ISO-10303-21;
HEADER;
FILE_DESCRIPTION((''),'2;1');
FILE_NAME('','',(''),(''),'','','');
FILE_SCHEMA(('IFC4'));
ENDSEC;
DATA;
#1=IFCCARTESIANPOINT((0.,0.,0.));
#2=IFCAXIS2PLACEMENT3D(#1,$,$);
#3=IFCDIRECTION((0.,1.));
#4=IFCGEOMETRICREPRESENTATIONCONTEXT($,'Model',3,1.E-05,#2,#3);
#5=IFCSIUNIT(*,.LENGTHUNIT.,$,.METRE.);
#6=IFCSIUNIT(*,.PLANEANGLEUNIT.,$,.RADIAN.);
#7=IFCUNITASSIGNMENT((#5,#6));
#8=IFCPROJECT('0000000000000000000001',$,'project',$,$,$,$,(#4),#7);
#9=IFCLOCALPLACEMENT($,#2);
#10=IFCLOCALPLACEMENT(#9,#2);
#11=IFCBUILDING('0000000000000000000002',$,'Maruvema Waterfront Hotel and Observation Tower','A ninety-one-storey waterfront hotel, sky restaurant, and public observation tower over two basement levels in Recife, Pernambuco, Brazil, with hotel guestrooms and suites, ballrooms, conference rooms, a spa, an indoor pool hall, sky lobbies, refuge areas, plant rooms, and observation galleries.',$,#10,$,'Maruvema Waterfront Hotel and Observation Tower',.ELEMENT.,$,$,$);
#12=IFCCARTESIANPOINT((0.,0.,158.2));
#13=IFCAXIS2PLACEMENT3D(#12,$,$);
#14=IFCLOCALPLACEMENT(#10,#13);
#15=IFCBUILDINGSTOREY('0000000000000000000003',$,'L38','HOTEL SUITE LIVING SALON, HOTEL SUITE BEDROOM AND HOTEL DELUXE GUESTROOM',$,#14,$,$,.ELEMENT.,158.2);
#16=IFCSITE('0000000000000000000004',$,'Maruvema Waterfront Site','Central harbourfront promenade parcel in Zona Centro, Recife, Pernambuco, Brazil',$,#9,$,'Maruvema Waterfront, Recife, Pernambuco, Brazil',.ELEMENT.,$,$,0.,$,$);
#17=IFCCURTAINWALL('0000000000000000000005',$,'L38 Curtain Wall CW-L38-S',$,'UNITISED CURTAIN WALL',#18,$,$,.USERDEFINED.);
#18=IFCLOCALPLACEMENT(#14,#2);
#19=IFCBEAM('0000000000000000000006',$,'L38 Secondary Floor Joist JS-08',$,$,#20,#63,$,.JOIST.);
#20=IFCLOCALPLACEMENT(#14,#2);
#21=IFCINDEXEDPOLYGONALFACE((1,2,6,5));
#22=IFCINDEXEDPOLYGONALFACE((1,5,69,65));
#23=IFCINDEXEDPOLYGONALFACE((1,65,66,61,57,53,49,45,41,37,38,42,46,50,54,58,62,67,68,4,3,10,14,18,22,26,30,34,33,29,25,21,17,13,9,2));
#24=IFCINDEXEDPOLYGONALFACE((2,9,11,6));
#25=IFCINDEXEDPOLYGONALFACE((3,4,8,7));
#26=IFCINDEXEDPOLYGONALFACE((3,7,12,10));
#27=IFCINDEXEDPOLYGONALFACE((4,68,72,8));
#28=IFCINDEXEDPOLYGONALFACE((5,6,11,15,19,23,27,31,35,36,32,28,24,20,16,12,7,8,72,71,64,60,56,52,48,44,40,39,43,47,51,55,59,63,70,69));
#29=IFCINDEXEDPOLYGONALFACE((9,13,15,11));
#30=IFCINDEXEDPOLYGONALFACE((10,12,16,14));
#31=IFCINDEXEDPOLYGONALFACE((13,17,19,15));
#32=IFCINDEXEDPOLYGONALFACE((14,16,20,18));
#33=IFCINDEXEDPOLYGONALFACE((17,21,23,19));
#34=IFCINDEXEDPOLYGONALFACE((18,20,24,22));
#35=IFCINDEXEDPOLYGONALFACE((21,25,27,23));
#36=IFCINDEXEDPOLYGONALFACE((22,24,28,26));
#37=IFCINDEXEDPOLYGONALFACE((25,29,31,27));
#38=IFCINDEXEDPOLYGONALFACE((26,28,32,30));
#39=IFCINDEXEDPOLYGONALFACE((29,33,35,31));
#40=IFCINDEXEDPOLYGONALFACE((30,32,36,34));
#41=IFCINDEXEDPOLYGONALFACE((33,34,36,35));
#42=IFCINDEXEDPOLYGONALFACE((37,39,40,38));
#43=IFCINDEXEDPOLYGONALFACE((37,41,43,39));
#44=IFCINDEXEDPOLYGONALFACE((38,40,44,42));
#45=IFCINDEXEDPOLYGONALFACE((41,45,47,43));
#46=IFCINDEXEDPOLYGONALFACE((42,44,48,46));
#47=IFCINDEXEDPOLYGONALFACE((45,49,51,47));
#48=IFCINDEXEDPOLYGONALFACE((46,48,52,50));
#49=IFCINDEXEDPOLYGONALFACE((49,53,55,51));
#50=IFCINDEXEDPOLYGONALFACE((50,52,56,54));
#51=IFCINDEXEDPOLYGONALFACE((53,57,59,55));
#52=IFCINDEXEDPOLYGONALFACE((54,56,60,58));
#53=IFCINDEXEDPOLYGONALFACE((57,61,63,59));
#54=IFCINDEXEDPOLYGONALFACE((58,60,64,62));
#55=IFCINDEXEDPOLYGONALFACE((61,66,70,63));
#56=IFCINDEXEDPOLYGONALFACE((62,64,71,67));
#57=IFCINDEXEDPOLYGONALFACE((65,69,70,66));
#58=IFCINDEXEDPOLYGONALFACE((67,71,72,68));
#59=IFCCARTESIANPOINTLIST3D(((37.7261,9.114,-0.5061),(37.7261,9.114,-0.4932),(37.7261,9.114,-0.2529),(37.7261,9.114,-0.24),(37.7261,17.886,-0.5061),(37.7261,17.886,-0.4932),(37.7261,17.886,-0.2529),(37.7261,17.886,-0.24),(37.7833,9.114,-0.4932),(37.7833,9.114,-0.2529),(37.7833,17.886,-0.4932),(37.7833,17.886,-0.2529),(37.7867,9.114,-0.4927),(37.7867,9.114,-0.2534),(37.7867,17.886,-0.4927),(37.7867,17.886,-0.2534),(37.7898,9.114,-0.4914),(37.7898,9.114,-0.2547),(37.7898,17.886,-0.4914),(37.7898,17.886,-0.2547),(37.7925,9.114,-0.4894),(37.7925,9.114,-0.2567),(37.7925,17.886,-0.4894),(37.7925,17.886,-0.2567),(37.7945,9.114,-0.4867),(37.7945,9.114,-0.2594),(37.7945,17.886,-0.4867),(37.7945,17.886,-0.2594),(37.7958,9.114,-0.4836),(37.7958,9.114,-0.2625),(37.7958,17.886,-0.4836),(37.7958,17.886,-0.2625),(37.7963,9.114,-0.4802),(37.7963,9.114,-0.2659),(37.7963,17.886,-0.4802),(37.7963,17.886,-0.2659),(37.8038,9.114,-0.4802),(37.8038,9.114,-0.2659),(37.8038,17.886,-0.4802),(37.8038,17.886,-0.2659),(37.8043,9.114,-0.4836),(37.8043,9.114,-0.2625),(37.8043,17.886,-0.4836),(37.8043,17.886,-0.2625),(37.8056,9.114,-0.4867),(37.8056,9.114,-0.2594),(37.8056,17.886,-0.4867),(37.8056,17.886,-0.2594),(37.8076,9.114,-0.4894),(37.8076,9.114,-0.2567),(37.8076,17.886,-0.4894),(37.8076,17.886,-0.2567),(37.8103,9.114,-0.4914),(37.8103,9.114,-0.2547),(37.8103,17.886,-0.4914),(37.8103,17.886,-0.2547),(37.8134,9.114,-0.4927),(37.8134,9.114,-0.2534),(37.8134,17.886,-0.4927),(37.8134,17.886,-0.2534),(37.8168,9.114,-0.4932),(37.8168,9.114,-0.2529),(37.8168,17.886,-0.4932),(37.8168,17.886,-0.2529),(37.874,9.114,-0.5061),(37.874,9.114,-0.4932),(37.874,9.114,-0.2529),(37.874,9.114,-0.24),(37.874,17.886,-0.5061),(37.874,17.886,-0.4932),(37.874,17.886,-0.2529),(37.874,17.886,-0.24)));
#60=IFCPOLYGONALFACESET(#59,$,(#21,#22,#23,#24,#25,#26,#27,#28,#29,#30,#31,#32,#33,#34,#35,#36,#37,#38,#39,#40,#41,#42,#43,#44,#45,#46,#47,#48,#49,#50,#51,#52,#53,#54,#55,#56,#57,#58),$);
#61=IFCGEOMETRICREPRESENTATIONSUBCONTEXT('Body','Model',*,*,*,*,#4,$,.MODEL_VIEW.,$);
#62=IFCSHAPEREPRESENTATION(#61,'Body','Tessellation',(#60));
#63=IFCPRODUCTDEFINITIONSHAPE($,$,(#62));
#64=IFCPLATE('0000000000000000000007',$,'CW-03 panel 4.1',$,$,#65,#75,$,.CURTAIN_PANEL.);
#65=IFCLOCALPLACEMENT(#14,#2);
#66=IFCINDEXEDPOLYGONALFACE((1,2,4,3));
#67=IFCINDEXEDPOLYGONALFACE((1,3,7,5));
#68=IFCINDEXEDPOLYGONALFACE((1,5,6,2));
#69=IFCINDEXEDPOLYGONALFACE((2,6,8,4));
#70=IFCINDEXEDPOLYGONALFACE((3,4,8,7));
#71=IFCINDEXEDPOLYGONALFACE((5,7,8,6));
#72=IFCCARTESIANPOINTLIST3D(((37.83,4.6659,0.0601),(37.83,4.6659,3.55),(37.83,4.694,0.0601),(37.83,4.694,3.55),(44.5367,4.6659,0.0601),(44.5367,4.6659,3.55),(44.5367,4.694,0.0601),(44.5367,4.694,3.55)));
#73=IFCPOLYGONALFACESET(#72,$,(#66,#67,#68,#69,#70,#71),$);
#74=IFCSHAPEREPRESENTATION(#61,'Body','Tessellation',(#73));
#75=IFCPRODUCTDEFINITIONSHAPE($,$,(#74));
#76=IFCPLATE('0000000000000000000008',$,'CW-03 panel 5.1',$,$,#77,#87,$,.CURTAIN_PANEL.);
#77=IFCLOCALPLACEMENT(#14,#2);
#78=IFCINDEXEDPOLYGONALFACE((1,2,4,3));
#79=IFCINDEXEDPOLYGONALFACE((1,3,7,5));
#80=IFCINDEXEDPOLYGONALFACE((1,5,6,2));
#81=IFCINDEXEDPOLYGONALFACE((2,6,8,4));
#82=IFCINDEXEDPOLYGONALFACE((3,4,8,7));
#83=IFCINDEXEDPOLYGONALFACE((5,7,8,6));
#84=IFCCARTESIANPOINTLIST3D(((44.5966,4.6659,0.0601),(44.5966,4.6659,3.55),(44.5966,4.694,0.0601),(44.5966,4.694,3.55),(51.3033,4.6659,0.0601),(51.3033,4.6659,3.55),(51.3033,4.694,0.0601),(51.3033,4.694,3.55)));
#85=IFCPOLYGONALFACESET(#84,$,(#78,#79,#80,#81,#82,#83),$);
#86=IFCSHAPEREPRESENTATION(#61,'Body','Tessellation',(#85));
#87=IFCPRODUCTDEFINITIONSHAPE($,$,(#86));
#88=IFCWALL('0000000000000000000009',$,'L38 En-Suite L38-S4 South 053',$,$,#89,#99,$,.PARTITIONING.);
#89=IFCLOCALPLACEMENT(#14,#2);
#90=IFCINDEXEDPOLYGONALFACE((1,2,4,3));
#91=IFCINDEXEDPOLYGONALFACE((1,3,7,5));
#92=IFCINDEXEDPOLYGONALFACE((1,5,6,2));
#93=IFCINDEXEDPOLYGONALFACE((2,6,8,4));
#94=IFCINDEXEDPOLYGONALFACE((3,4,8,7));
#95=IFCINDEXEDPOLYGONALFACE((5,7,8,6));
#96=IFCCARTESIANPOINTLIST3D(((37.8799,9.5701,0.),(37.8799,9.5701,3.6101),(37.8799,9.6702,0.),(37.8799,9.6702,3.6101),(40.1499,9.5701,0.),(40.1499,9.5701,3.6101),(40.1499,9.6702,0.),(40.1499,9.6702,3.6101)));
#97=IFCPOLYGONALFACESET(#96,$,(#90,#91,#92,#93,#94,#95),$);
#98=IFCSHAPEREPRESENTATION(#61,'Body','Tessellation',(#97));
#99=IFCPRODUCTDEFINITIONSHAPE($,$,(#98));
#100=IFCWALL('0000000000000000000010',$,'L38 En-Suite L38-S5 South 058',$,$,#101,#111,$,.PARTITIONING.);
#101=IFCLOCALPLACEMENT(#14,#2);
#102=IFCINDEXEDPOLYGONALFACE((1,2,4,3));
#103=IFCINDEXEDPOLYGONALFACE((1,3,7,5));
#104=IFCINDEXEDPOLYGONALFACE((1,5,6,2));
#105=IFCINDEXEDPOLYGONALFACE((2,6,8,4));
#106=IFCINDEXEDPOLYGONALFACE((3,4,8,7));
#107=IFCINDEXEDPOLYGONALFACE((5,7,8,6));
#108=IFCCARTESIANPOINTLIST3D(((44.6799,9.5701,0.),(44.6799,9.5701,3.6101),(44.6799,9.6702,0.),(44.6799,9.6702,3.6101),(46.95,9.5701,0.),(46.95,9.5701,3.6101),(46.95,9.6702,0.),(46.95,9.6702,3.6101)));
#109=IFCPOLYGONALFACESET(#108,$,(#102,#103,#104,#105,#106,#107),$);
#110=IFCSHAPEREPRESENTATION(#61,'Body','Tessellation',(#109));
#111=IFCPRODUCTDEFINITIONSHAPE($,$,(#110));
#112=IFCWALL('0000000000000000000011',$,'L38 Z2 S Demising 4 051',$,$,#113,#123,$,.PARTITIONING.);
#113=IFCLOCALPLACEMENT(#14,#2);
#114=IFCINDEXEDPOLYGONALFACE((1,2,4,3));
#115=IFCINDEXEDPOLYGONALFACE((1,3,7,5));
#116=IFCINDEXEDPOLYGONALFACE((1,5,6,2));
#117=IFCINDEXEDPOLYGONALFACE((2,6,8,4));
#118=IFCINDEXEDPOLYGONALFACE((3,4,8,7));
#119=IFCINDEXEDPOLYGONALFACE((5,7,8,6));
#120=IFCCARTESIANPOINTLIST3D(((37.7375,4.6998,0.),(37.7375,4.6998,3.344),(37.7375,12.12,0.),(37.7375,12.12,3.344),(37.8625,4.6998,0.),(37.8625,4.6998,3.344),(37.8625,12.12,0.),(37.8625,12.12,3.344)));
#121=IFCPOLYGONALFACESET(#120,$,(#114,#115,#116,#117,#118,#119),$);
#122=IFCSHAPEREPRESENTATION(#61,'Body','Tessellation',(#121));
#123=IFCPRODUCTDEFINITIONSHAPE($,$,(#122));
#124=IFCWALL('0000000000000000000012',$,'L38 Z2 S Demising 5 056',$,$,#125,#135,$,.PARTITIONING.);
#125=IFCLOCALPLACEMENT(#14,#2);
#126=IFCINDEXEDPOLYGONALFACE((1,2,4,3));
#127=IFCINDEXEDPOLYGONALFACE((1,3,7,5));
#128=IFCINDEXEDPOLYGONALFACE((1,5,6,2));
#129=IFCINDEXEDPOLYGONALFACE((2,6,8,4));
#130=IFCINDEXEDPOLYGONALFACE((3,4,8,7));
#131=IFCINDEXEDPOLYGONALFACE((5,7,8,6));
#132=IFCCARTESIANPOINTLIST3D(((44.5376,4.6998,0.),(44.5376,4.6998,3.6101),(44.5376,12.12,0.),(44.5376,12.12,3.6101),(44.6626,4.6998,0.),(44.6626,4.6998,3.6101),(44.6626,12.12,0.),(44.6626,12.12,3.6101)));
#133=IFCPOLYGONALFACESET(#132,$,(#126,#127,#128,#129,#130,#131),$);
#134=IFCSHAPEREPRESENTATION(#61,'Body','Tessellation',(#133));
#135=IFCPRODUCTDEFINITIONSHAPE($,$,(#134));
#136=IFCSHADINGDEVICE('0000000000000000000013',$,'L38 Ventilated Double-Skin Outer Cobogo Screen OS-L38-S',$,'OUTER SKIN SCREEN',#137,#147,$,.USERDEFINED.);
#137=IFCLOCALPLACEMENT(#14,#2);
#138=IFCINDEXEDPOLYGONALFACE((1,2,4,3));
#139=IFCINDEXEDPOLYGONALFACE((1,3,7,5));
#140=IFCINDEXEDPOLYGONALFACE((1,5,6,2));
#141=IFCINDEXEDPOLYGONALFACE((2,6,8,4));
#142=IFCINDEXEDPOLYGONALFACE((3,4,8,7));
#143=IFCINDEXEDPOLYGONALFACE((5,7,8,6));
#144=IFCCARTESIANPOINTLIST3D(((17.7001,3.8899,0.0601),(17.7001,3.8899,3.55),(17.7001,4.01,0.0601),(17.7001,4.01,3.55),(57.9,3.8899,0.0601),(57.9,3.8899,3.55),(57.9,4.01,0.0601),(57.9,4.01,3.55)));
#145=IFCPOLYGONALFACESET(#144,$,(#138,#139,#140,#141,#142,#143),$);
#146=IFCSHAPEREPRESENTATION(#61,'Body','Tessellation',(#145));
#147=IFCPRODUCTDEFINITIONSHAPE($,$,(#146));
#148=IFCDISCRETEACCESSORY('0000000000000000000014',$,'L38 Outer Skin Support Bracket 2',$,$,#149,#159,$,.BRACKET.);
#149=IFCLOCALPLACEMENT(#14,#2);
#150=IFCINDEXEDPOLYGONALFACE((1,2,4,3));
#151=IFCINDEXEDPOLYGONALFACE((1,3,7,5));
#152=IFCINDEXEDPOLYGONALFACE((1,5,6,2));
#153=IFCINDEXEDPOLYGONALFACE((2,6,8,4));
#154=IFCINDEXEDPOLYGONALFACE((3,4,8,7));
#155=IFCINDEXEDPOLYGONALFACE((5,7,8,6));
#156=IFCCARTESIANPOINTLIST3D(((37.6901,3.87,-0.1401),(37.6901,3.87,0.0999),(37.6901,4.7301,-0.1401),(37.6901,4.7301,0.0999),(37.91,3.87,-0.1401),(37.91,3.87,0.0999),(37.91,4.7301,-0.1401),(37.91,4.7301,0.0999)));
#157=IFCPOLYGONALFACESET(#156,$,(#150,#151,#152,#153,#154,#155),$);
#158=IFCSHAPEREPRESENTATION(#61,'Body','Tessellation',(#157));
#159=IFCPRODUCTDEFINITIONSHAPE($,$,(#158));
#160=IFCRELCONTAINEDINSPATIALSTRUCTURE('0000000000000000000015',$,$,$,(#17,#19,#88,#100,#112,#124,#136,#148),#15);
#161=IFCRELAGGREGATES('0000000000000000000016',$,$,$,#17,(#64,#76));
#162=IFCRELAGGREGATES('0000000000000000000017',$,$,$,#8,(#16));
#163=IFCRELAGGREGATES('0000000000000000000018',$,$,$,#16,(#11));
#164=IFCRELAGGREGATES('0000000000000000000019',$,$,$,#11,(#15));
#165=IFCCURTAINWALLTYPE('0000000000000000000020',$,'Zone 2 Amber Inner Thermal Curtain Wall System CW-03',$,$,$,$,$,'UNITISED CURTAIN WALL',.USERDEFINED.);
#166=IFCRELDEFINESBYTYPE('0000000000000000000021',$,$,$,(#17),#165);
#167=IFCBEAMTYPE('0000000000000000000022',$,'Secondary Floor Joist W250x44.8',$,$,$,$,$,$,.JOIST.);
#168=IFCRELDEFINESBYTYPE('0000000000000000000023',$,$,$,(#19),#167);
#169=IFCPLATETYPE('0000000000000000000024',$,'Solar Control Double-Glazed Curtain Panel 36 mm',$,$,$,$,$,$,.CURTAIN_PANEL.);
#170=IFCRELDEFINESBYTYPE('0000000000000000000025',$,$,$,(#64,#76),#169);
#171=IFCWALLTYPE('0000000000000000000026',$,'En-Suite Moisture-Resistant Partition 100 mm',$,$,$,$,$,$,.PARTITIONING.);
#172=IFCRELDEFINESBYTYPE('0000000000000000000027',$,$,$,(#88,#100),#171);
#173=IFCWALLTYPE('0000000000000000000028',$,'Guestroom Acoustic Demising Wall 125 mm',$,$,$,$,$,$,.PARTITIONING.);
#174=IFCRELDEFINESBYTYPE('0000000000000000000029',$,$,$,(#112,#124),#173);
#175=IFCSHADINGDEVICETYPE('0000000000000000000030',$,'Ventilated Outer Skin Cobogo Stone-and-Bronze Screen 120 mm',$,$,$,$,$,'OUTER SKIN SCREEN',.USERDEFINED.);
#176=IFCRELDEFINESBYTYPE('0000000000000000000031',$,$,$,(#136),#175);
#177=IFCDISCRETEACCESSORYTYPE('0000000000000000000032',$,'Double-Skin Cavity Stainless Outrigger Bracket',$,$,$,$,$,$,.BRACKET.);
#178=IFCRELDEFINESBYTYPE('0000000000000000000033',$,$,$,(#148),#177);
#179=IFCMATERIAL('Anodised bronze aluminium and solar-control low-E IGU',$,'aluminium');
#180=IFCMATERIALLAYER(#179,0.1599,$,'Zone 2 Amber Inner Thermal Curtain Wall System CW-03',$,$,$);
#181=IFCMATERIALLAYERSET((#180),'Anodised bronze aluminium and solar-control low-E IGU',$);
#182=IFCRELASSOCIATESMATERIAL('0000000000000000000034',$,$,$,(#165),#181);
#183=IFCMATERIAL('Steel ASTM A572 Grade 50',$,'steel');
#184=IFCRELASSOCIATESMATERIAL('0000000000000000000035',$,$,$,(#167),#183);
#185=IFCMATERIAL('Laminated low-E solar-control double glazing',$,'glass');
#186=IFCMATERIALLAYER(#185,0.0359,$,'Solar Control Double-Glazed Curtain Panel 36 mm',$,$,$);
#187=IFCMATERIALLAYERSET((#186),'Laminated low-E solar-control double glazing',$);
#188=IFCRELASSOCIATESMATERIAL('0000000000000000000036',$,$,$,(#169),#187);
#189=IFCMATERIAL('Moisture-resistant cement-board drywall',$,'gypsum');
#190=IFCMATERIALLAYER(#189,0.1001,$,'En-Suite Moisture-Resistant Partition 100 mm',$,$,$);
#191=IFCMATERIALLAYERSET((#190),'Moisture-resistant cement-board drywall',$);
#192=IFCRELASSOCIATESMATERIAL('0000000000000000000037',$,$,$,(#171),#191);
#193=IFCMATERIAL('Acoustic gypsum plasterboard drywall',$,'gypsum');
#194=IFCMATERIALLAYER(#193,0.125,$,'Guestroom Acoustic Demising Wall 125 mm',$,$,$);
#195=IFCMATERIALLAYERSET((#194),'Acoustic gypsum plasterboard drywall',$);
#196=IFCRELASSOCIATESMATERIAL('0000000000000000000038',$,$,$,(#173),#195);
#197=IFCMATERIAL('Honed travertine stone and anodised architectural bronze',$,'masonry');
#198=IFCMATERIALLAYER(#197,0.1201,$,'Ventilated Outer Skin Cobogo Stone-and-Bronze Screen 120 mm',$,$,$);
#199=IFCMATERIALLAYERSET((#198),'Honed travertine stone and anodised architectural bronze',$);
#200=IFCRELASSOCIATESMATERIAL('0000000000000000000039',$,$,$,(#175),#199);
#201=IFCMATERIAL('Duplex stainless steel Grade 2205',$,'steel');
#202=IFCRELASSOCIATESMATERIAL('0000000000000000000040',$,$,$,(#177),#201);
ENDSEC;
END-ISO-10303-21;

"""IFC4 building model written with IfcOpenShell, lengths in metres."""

from ifc_helpers import new_model, si_unit, direction, frame, frame_2d, origin, origin_2d, place, context, subcontext, project, spatial, rectangle, i_section, extrude, material, layer, layer_set, material_profile, profile_set, type_object, element, aggregate, save


model = new_model("IFC4")

# Units and contexts
model_context = context("Model", 3, precision=1e-05, world=origin(), true_north=direction((0.0, 1.0)))
body_context = subcontext(model_context, "Body", "Model", "MODEL_VIEW")
ifc_project = project(units=[si_unit("LENGTHUNIT", "METRE"), si_unit("PLANEANGLEUNIT", "RADIAN")], contexts=[model_context])

# Site, building, storey
site_placement = place(None, origin())
site = spatial("IfcSite", under=ifc_project, at=site_placement, Name="Maruvema Waterfront Site", Description="Central harbourfront promenade parcel in Zona Centro, Recife, Pernambuco, Brazil", LongName="Maruvema Waterfront, Recife, Pernambuco, Brazil", CompositionType="ELEMENT", RefElevation=0.0)
building_placement = place(site_placement, origin())
building = spatial("IfcBuilding", under=site, at=building_placement, Name="Maruvema Waterfront Hotel and Observation Tower", Description="A ninety-one-storey waterfront hotel, sky restaurant, and public observation tower over two basement levels in Recife, Pernambuco, Brazil, with hotel guestrooms and suites, ballrooms, conference rooms, a spa, an indoor pool hall, sky lobbies, refuge areas, plant rooms, and observation galleries.", LongName="Maruvema Waterfront Hotel and Observation Tower", CompositionType="ELEMENT")
storey_placement = place(building_placement, frame((0.0, 0.0, 158.2)))
storey = spatial("IfcBuildingStorey", under=building, at=storey_placement, Name="L38", Description="HOTEL SUITE LIVING SALON, HOTEL SUITE BEDROOM AND HOTEL DELUXE GUESTROOM", CompositionType="ELEMENT", Elevation=158.2)

# Curtain wall
ifc_material_1 = material(Name="Anodised bronze aluminium and solar-control low-E IGU", Category="aluminium")
ifc_layer_1 = layer(ifc_material_1, 0.1599, Name="Zone 2 Amber Inner Thermal Curtain Wall System CW-03")
ifc_layer_set_1 = layer_set([ifc_layer_1], Name="Anodised bronze aluminium and solar-control low-E IGU")
curtain_wall_type = type_object("IfcCurtainWallType", Name="Zone 2 Amber Inner Thermal Curtain Wall System CW-03", ElementType="UNITISED CURTAIN WALL", PredefinedType="USERDEFINED", material=ifc_layer_set_1)
curtain_wall_placement = place(storey_placement, origin())
curtain_wall = element("IfcCurtainWall", 1, at=curtain_wall_placement, inside=storey, type_object=curtain_wall_type, Name="L38 Curtain Wall CW-L38-S", ObjectType="UNITISED CURTAIN WALL", PredefinedType="USERDEFINED")

# Beam
ifc_material_2 = material(Name="Steel ASTM A572 Grade 50", Category="steel")
ifc_material_profile_1 = material_profile(ifc_material_2, i_section(OverallWidth=0.1479, OverallDepth=0.2661, WebThickness=0.0076, FlangeThickness=0.0129, FilletRadius=0.0129, at=origin_2d()), Name="W250x44.8")
ifc_profile_set_1 = profile_set([ifc_material_profile_1], Name="Steel ASTM A572 Grade 50")
beam_type_1 = type_object("IfcBeamType", Name="Secondary Floor Joist W250x44.8", PredefinedType="JOIST", material=ifc_profile_set_1)
beam_1_placement = place(storey_placement, frame((37.8, 9.114, -0.373), z_axis=(0.0, 1.0, 0.0), x_axis=(-1.0, 0.0, 0.0)))
element("IfcBeam", 2, at=beam_1_placement, inside=storey, type_object=beam_type_1, Name="L38 Secondary Floor Joist JS-08", PredefinedType="JOIST", context=body_context, shape_type="SweptSolid", body=[
    extrude(i_section(OverallWidth=0.1479, OverallDepth=0.2661, WebThickness=0.0076, FlangeThickness=0.0129, FilletRadius=0.0129, at=origin_2d()), origin(), (0.0, 0.0, 1.0), 8.772),
])

# Plates
ifc_material_3 = material(Name="Laminated low-E solar-control double glazing", Category="glass")
ifc_layer_2 = layer(ifc_material_3, 0.0359, Name="Solar Control Double-Glazed Curtain Panel 36 mm")
ifc_layer_set_2 = layer_set([ifc_layer_2], Name="Laminated low-E solar-control double glazing")
plate_type = type_object("IfcPlateType", Name="Solar Control Double-Glazed Curtain Panel 36 mm", PredefinedType="CURTAIN_PANEL", material=ifc_layer_set_2)
plate_1_placement = place(storey_placement, frame((41.1833, 4.6799, 0.0601), z_axis=(0.0, 0.0, 1.0), x_axis=(1.0, 0.0, 0.0)))
plate_1 = element("IfcPlate", 3, at=plate_1_placement, type_object=plate_type, Name="CW-03 panel 4.1", PredefinedType="CURTAIN_PANEL", context=body_context, shape_type="SweptSolid", body=[
    extrude(rectangle(XDim=6.7068, YDim=0.0281, at=origin_2d()), origin(), (0.0, 0.0, 1.0), 3.49),
])
plate_2_placement = place(storey_placement, frame((47.95, 4.6799, 0.0601), z_axis=(0.0, 0.0, 1.0), x_axis=(1.0, 0.0, 0.0)))
plate_2 = element("IfcPlate", 4, at=plate_2_placement, type_object=plate_type, Name="CW-03 panel 5.1", PredefinedType="CURTAIN_PANEL", context=body_context, shape_type="SweptSolid", body=[
    extrude(rectangle(XDim=6.7068, YDim=0.0281, at=origin_2d()), origin(), (0.0, 0.0, 1.0), 3.49),
])
aggregate(curtain_wall, [plate_1, plate_2])

# Walls
ifc_material_4 = material(Name="Moisture-resistant cement-board drywall", Category="gypsum")
ifc_layer_3 = layer(ifc_material_4, 0.1001, Name="En-Suite Moisture-Resistant Partition 100 mm")
ifc_layer_set_3 = layer_set([ifc_layer_3], Name="Moisture-resistant cement-board drywall")
wall_type_1 = type_object("IfcWallType", Name="En-Suite Moisture-Resistant Partition 100 mm", PredefinedType="PARTITIONING", material=ifc_layer_set_3)
for number, where, z_axis, x_axis, name in (
    (5, (37.8799, 9.6201, 0.0), (0.0, 0.0, 1.0), (1.0, 0.0, 0.0), "L38 En-Suite L38-S4 South 053"),
    (6, (44.6799, 9.6201, 0.0), (0.0, 0.0, 1.0), (1.0, 0.0, 0.0), "L38 En-Suite L38-S5 South 058"),
):
    element("IfcWall", number, at=place(storey_placement, frame(where, z_axis=z_axis, x_axis=x_axis)), inside=storey, type_object=wall_type_1, Name=name, PredefinedType="PARTITIONING", context=body_context, shape_type="SweptSolid", body=[
        extrude(rectangle(XDim=2.27, YDim=0.1001, at=frame_2d((1.135, 0.0))), origin(), (0.0, 0.0, 1.0), 3.6101),
    ])
ifc_material_5 = material(Name="Acoustic gypsum plasterboard drywall", Category="gypsum")
ifc_layer_4 = layer(ifc_material_5, 0.125, Name="Guestroom Acoustic Demising Wall 125 mm")
ifc_layer_set_4 = layer_set([ifc_layer_4], Name="Acoustic gypsum plasterboard drywall")
wall_type_2 = type_object("IfcWallType", Name="Guestroom Acoustic Demising Wall 125 mm", PredefinedType="PARTITIONING", material=ifc_layer_set_4)
wall_1_placement = place(storey_placement, frame((37.8, 4.7, 0.0), z_axis=(0.0, 0.0, 1.0), x_axis=(0.0, 1.0, 0.0)))
element("IfcWall", 7, at=wall_1_placement, inside=storey, type_object=wall_type_2, Name="L38 Z2 S Demising 4 051", PredefinedType="PARTITIONING", context=body_context, shape_type="SweptSolid", body=[
    extrude(rectangle(XDim=7.4202, YDim=0.125, at=frame_2d((3.71, 0.0))), origin(), (0.0, 0.0, 1.0), 3.344),
])
wall_2_placement = place(storey_placement, frame((44.6001, 4.7, 0.0), z_axis=(0.0, 0.0, 1.0), x_axis=(0.0, 1.0, 0.0)))
element("IfcWall", 8, at=wall_2_placement, inside=storey, type_object=wall_type_2, Name="L38 Z2 S Demising 5 056", PredefinedType="PARTITIONING", context=body_context, shape_type="SweptSolid", body=[
    extrude(rectangle(XDim=7.4202, YDim=0.125, at=frame_2d((3.71, 0.0))), origin(), (0.0, 0.0, 1.0), 3.6101),
])

# Shading device
ifc_material_6 = material(Name="Honed travertine stone and anodised architectural bronze", Category="masonry")
ifc_layer_5 = layer(ifc_material_6, 0.1201, Name="Ventilated Outer Skin Cobogo Stone-and-Bronze Screen 120 mm")
ifc_layer_set_5 = layer_set([ifc_layer_5], Name="Honed travertine stone and anodised architectural bronze")
shading_device_type = type_object("IfcShadingDeviceType", Name="Ventilated Outer Skin Cobogo Stone-and-Bronze Screen 120 mm", ElementType="OUTER SKIN SCREEN", PredefinedType="USERDEFINED", material=ifc_layer_set_5)
shading_device_placement = place(storey_placement, frame((37.8, 3.95, 0.0601), z_axis=(0.0, 0.0, 1.0), x_axis=(1.0, 0.0, 0.0)))
element("IfcShadingDevice", 9, at=shading_device_placement, inside=storey, type_object=shading_device_type, Name="L38 Ventilated Double-Skin Outer Cobogo Screen OS-L38-S", ObjectType="OUTER SKIN SCREEN", PredefinedType="USERDEFINED", context=body_context, shape_type="SweptSolid", body=[
    extrude(rectangle(XDim=40.2, YDim=0.1201, at=origin_2d()), origin(), (0.0, 0.0, 1.0), 3.49),
])

# Discrete accessory
ifc_material_7 = material(Name="Duplex stainless steel Grade 2205", Category="steel")
discrete_accessory_type = type_object("IfcDiscreteAccessoryType", Name="Double-Skin Cavity Stainless Outrigger Bracket", PredefinedType="BRACKET", material=ifc_material_7)
discrete_accessory_placement = place(storey_placement, frame((37.8, 4.3, -0.1401), z_axis=(0.0, 0.0, 1.0), x_axis=(1.0, 0.0, 0.0)))
element("IfcDiscreteAccessory", 10, at=discrete_accessory_placement, inside=storey, type_object=discrete_accessory_type, Name="L38 Outer Skin Support Bracket 2", PredefinedType="BRACKET", context=body_context, shape_type="SweptSolid", body=[
    extrude(rectangle(XDim=0.22, YDim=0.8601, at=origin_2d()), origin(), (0.0, 0.0, 1.0), 0.24),
])

save(model, "model.ifc")
